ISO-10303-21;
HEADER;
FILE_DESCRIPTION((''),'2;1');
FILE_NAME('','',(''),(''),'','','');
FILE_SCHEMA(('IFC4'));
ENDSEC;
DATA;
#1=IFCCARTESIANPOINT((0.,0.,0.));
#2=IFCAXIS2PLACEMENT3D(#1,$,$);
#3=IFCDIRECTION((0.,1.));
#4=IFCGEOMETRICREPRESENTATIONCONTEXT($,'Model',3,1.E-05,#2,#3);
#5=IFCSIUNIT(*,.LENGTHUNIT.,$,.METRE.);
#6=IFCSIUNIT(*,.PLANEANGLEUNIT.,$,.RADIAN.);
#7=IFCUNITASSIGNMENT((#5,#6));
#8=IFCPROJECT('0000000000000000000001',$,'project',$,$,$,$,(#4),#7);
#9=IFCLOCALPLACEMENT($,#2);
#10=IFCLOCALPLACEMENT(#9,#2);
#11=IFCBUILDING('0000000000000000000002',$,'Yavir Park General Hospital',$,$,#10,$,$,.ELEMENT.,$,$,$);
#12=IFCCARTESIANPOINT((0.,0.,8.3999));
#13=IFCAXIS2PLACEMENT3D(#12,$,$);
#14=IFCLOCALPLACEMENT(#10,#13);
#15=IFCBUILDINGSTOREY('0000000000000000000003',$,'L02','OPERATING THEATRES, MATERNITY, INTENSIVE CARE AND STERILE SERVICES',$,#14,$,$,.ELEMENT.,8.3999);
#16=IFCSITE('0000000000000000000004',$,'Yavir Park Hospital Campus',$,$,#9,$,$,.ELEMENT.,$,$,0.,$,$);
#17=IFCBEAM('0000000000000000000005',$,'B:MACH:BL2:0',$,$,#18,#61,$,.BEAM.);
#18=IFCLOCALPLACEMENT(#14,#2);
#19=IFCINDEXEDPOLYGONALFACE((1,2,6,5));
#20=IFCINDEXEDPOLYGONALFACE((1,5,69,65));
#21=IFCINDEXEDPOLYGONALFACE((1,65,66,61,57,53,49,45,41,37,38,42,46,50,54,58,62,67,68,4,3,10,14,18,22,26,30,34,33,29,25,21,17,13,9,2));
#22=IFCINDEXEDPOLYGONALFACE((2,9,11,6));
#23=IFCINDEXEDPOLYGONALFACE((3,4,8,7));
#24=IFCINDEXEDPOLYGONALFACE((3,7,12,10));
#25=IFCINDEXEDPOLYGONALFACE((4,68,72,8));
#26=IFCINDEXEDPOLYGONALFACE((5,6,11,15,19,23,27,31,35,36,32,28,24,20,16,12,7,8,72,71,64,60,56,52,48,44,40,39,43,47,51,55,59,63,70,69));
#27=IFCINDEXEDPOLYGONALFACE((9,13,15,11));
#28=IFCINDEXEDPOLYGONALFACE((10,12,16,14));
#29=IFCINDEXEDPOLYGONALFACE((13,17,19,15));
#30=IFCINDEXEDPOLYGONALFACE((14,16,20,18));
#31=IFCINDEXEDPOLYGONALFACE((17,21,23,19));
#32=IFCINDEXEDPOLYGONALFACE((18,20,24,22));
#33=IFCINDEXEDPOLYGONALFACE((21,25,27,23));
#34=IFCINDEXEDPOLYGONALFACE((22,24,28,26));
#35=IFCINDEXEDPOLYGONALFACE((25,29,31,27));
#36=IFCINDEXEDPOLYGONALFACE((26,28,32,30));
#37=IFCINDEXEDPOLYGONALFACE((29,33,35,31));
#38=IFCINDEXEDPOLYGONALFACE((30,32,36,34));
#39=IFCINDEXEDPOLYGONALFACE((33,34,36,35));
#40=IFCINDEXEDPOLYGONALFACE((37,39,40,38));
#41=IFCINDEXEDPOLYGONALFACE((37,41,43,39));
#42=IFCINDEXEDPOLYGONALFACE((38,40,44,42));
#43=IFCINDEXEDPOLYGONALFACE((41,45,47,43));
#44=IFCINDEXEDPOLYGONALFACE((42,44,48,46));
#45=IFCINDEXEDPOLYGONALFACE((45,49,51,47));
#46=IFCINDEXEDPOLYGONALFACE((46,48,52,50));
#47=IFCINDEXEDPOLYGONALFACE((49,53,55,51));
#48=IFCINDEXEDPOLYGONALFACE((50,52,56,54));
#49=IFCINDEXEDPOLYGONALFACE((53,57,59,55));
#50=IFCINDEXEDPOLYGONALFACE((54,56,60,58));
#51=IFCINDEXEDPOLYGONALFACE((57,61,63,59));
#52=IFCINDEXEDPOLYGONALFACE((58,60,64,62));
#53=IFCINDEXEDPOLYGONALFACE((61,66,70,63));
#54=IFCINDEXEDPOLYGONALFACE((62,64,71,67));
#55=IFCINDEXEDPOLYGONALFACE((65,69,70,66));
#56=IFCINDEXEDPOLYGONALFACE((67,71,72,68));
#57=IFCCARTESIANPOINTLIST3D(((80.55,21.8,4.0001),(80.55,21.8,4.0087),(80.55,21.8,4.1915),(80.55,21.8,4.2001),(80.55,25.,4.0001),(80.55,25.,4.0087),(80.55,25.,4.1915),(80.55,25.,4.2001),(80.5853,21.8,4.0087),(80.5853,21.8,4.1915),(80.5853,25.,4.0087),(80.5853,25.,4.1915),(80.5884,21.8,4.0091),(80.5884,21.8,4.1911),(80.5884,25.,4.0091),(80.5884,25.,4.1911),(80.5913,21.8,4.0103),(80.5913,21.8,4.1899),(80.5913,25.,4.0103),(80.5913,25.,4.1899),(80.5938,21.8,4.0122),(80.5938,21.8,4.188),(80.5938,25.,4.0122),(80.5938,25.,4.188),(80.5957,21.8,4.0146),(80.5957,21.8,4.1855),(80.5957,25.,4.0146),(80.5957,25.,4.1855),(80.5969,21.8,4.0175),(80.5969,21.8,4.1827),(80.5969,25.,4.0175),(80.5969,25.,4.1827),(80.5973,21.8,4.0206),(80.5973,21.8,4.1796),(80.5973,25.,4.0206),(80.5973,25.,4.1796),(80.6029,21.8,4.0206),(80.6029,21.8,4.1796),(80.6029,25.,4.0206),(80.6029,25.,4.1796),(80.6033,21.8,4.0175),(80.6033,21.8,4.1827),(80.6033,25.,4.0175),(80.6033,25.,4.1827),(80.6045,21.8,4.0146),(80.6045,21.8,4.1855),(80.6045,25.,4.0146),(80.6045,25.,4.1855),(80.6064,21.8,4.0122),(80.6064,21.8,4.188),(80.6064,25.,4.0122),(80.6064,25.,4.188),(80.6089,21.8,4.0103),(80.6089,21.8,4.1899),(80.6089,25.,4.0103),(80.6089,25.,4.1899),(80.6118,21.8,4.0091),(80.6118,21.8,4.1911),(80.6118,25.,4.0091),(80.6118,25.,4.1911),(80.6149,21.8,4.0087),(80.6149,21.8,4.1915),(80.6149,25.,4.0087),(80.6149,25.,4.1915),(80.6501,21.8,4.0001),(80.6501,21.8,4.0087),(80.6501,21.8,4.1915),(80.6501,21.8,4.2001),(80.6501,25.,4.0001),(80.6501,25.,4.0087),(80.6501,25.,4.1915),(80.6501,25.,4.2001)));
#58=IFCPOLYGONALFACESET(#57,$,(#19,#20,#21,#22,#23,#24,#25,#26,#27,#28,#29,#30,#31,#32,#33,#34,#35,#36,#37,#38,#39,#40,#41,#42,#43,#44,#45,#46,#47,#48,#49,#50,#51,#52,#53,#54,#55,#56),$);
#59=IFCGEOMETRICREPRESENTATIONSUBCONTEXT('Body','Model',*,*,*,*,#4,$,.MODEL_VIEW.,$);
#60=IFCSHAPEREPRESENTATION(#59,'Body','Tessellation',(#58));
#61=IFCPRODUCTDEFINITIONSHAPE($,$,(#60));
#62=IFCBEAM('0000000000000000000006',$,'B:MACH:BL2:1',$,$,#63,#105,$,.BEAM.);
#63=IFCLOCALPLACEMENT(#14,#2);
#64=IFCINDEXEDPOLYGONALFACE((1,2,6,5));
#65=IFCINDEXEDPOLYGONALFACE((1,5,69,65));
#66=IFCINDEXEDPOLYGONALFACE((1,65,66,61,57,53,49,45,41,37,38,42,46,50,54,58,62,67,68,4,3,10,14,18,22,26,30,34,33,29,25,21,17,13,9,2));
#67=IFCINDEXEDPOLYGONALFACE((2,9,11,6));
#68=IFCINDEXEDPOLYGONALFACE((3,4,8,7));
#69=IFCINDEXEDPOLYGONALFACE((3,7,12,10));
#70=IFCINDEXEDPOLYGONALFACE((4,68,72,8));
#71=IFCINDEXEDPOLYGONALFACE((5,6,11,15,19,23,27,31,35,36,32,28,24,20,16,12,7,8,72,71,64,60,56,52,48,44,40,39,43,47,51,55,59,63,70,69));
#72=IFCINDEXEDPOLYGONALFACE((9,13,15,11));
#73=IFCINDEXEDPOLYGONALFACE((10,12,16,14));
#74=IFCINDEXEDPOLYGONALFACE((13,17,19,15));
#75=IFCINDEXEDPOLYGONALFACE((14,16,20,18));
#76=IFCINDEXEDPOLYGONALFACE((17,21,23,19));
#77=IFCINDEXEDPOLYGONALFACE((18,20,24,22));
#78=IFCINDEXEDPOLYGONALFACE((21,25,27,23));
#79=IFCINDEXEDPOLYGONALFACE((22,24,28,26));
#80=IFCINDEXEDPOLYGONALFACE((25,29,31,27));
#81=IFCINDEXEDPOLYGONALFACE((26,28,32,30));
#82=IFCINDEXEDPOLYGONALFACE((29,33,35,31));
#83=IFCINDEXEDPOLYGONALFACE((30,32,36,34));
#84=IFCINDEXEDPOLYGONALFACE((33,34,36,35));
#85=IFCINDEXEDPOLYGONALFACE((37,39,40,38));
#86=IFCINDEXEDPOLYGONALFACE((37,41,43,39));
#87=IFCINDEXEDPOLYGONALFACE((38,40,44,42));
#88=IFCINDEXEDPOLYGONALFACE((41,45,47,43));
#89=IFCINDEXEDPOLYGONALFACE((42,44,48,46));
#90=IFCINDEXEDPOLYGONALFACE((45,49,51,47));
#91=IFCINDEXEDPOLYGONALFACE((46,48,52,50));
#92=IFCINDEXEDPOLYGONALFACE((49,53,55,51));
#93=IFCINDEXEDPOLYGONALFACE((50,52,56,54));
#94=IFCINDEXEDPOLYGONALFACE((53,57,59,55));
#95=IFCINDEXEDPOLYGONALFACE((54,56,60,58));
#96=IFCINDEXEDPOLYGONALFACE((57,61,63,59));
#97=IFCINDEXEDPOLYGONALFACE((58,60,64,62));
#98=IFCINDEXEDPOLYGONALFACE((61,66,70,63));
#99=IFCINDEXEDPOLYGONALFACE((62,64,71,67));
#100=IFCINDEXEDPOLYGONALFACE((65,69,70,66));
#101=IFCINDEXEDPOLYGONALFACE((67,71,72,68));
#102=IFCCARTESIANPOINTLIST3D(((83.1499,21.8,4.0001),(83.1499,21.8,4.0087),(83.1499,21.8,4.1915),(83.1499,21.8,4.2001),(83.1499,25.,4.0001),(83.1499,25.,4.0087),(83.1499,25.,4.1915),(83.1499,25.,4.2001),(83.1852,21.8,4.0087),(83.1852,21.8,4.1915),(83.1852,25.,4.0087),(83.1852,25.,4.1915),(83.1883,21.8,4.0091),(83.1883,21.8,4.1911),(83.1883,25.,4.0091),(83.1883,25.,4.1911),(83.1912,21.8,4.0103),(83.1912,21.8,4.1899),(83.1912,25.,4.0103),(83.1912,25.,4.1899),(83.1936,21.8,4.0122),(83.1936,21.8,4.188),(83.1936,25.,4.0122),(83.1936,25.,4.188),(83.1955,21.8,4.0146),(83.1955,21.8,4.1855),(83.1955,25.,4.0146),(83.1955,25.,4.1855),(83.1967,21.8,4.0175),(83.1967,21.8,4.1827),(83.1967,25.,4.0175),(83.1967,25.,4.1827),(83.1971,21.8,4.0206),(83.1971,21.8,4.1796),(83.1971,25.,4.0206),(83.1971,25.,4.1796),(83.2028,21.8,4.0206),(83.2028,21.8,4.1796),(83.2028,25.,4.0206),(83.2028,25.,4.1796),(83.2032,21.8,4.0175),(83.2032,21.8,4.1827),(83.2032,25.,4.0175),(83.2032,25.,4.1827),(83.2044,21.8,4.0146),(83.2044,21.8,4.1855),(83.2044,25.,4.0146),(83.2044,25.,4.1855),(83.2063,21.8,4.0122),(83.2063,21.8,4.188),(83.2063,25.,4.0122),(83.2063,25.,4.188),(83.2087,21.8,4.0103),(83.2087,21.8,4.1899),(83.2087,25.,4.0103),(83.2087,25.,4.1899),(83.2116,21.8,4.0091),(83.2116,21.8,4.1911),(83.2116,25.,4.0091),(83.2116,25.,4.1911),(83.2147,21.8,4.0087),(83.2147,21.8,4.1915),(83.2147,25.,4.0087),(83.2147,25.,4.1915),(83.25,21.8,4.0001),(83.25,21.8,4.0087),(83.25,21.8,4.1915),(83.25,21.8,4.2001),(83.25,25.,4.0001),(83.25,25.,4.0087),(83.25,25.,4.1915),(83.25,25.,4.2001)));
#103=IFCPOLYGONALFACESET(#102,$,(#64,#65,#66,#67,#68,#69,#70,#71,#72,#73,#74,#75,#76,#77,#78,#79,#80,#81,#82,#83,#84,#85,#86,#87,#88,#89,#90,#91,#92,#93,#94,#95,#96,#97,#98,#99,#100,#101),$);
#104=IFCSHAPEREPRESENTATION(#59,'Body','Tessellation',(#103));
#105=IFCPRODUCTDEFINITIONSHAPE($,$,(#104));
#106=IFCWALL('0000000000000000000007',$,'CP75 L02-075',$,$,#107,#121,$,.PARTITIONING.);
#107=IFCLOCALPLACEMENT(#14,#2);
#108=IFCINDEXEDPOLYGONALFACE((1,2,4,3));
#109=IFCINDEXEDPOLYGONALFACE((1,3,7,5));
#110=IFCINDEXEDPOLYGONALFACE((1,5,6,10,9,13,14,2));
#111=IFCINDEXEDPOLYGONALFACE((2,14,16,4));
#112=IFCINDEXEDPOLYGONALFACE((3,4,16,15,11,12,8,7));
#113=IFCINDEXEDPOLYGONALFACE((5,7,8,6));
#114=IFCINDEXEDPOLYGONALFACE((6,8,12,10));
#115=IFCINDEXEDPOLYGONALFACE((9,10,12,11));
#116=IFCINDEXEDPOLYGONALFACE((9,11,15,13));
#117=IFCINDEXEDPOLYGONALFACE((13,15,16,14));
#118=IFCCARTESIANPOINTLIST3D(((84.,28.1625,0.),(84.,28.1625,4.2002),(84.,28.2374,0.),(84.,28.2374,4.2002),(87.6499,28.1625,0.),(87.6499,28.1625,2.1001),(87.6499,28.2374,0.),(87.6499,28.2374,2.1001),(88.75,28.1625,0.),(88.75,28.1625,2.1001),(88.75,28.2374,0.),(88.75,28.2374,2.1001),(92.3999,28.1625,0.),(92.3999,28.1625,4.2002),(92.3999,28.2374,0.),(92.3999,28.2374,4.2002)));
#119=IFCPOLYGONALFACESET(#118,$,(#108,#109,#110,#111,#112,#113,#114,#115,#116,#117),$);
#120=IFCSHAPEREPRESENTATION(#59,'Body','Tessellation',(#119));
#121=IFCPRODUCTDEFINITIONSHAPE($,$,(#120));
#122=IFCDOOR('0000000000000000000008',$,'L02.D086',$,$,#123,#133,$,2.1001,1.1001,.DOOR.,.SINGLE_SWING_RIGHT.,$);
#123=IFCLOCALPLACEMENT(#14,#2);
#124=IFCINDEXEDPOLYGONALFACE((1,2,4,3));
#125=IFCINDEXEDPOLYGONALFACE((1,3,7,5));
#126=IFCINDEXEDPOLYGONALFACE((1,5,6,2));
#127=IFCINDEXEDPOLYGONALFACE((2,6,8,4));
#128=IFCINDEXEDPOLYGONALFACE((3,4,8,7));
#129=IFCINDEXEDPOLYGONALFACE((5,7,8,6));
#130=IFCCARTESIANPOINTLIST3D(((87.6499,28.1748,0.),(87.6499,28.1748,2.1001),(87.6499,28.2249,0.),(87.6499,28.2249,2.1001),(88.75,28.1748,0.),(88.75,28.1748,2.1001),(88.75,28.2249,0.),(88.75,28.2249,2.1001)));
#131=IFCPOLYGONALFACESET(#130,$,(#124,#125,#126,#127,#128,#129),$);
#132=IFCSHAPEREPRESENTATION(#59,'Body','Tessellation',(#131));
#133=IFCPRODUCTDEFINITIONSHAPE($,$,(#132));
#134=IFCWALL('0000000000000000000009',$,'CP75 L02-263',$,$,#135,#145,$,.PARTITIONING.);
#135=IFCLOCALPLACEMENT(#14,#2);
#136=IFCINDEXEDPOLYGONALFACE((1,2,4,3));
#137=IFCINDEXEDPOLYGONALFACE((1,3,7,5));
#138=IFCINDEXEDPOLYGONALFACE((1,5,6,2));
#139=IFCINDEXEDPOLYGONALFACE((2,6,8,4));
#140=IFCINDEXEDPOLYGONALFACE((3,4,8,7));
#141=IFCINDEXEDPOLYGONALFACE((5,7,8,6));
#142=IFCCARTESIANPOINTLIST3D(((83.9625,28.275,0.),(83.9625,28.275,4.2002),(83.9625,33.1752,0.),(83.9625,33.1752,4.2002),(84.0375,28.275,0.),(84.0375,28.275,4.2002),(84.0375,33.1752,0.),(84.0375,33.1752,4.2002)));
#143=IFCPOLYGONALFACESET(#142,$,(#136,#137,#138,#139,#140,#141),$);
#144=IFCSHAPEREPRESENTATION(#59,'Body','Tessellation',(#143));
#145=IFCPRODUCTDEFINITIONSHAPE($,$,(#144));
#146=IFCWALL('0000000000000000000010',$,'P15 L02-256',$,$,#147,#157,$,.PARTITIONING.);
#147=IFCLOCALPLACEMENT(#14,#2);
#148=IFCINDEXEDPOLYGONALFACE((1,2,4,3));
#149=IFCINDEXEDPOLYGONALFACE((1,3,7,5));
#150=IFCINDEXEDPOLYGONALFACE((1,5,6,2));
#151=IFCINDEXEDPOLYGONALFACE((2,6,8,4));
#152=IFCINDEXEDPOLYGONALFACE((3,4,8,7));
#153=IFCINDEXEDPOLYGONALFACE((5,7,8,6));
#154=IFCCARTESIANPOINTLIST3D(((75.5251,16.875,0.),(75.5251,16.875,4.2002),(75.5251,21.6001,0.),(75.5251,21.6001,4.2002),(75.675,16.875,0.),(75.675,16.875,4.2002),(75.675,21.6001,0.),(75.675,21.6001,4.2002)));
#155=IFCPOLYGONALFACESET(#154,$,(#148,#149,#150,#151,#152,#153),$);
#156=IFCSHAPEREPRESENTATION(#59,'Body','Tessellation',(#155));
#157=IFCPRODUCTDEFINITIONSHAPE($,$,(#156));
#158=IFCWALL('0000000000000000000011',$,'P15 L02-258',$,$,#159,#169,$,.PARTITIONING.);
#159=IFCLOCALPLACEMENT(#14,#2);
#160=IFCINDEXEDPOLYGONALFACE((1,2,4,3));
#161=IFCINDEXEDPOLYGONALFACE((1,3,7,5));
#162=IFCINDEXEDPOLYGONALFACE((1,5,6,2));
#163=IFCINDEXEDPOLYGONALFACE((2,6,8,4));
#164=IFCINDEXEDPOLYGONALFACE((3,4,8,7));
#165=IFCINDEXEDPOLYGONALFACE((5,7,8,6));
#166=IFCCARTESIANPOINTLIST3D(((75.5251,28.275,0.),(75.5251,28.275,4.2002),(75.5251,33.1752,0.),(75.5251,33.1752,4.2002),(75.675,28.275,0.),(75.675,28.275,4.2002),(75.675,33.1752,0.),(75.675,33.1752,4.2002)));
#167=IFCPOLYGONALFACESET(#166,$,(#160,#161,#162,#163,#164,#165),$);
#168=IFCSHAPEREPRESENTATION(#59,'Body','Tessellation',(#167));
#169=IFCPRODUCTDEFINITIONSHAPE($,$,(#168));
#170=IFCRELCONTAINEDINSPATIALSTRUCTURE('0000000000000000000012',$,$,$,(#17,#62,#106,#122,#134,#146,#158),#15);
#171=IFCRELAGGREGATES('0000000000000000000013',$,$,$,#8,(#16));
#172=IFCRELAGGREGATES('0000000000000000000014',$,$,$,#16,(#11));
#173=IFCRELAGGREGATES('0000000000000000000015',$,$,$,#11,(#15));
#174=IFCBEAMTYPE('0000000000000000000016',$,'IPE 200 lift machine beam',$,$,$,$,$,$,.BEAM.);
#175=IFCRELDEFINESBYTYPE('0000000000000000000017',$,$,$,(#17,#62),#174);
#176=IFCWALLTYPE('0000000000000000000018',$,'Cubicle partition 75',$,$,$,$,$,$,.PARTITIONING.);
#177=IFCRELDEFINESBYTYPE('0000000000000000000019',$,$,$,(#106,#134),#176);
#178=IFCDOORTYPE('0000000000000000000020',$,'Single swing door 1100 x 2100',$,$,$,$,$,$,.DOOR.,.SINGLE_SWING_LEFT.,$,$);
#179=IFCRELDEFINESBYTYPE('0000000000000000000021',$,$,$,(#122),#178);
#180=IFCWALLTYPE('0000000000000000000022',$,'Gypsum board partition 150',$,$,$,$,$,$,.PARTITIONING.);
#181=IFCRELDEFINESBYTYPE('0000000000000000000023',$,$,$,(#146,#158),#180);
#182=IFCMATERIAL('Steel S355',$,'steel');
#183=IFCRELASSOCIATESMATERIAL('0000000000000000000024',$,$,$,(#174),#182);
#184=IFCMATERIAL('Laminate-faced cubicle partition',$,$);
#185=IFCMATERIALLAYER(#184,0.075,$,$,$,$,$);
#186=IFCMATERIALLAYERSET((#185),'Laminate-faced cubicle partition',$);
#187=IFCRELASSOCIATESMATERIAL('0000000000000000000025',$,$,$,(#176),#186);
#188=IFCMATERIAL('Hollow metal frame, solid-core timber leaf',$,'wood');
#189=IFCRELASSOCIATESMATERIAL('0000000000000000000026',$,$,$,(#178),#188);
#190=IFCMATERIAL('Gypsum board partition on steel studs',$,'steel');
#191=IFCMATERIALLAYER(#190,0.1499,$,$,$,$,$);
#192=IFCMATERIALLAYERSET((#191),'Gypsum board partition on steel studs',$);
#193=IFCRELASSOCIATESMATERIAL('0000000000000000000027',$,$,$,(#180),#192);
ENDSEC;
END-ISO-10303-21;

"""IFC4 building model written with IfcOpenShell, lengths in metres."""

from ifc_helpers import new_model, si_unit, direction, frame, frame_2d, origin, origin_2d, place, context, subcontext, project, spatial, rectangle, i_section, extrude, material, layer, layer_set, material_profile, profile_set, type_object, element, fill, save


model = new_model("IFC4")

# Units and contexts
model_context = context("Model", 3, precision=1e-05, world=origin(), true_north=direction((0.0, 1.0)))
body_context = subcontext(model_context, "Body", "Model", "MODEL_VIEW")
ifc_project = project(units=[si_unit("LENGTHUNIT", "METRE"), si_unit("PLANEANGLEUNIT", "RADIAN")], contexts=[model_context])

# Site, building, storey
site_placement = place(None, origin())
site = spatial("IfcSite", under=ifc_project, at=site_placement, Name="Yavir Park Hospital Campus", CompositionType="ELEMENT", RefElevation=0.0)
building_placement = place(site_placement, origin())
building = spatial("IfcBuilding", under=site, at=building_placement, Name="Yavir Park General Hospital", CompositionType="ELEMENT")
storey_placement = place(building_placement, frame((0.0, 0.0, 8.3999)))
storey = spatial("IfcBuildingStorey", under=building, at=storey_placement, Name="L02", Description="OPERATING THEATRES, MATERNITY, INTENSIVE CARE AND STERILE SERVICES", CompositionType="ELEMENT", Elevation=8.3999)

# Beams
ifc_material_1 = material(Name="Steel S355", Category="steel")
ifc_material_profile_1 = material_profile(ifc_material_1, i_section(OverallWidth=0.1001, OverallDepth=0.2, WebThickness=0.0056, FlangeThickness=0.0085, FilletRadius=0.012, at=origin_2d()), Name="IPE200")
ifc_profile_set_1 = profile_set([ifc_material_profile_1], Name="Steel S355")
beam_type_1 = type_object("IfcBeamType", Name="IPE 200 lift machine beam", PredefinedType="BEAM", material=ifc_profile_set_1)
for number, where, z_axis, x_axis, name in (
    (1, (80.6001, 21.8, 4.1001), (0.0, 1.0, 0.0), (-1.0, 0.0, 0.0), "B:MACH:BL2:0"),
    (2, (83.2, 21.8, 4.1001), (0.0, 1.0, 0.0), (-1.0, 0.0, 0.0), "B:MACH:BL2:1"),
):
    element("IfcBeam", number, at=place(storey_placement, frame(where, z_axis=z_axis, x_axis=x_axis)), inside=storey, type_object=beam_type_1, Name=name, PredefinedType="BEAM", context=body_context, shape_type="SweptSolid", body=[
        extrude(i_section(OverallWidth=0.1001, OverallDepth=0.2, WebThickness=0.0056, FlangeThickness=0.0085, FilletRadius=0.012, at=origin_2d()), origin(), (0.0, 0.0, 1.0), 3.2),
    ])

# Wall, opening, door
ifc_material_2 = material(Name="Laminate-faced cubicle partition")
ifc_layer_1 = layer(ifc_material_2, 0.075)
ifc_layer_set_1 = layer_set([ifc_layer_1], Name="Laminate-faced cubicle partition")
wall_type_1 = type_object("IfcWallType", Name="Cubicle partition 75", PredefinedType="PARTITIONING", material=ifc_layer_set_1)
wall_1_placement = place(storey_placement, frame((84.0, 28.2, 0.0), z_axis=(0.0, 0.0, 1.0), x_axis=(1.0, 0.0, 0.0)))
wall_1 = element("IfcWall", 3, at=wall_1_placement, inside=storey, type_object=wall_type_1, Name="CP75 L02-075", PredefinedType="PARTITIONING", context=body_context, shape_type="SweptSolid", body=[
    extrude(rectangle(XDim=8.3999, YDim=0.075, at=frame_2d((4.2, 0.0))), origin(), (0.0, 0.0, 1.0), 4.2002),
])
opening_1_placement = place(wall_1_placement, frame((3.6499, 0.0, 0.0)))
opening_1 = element("IfcOpeningElement", 4, at=opening_1_placement, cuts=wall_1, PredefinedType="OPENING", context=body_context, shape_type="SweptSolid", body=[
    extrude(rectangle(XDim=1.1001, YDim=2.1001, at=frame_2d((0.55, 1.05))), frame((0.0, 0.0474, 0.0), z_axis=(0.0, -1.0, 0.0), x_axis=(1.0, 0.0, 0.0)), (0.0, 0.0, 1.0), 0.095),
])
ifc_material_3 = material(Name="Hollow metal frame, solid-core timber leaf", Category="wood")
door_type_1 = type_object("IfcDoorType", Name="Single swing door 1100 x 2100", OperationType="SINGLE_SWING_LEFT", PredefinedType="DOOR", material=ifc_material_3)
door_1_placement = place(opening_1_placement, origin())
door_1 = element("IfcDoor", 5, at=door_1_placement, inside=storey, type_object=door_type_1, Name="L02.D086", OperationType="SINGLE_SWING_RIGHT", OverallHeight=2.1001, OverallWidth=1.1001, PredefinedType="DOOR", context=body_context, shape_type="SweptSolid", body=[
    extrude(rectangle(XDim=1.1001, YDim=2.1001, at=frame_2d((0.55, 1.05))), frame((0.0, 0.0249, 0.0), z_axis=(0.0, -1.0, 0.0), x_axis=(1.0, 0.0, 0.0)), (0.0, 0.0, 1.0), 0.05),
])
fill(opening_1, door_1)

# Walls
wall_2_placement = place(storey_placement, frame((84.0, 28.2749, 0.0), z_axis=(0.0, 0.0, 1.0), x_axis=(0.0, 1.0, 0.0)))
element("IfcWall", 6, at=wall_2_placement, inside=storey, type_object=wall_type_1, Name="CP75 L02-263", PredefinedType="PARTITIONING", context=body_context, shape_type="SweptSolid", body=[
    extrude(rectangle(XDim=4.9001, YDim=0.075, at=frame_2d((2.4502, 0.0))), origin(), (0.0, 0.0, 1.0), 4.2002),
])
ifc_material_4 = material(Name="Gypsum board partition on steel studs", Category="steel")
ifc_layer_2 = layer(ifc_material_4, 0.1499)
ifc_layer_set_2 = layer_set([ifc_layer_2], Name="Gypsum board partition on steel studs")
wall_type_2 = type_object("IfcWallType", Name="Gypsum board partition 150", PredefinedType="PARTITIONING", material=ifc_layer_set_2)
wall_3_placement = place(storey_placement, frame((75.6001, 16.875, 0.0), z_axis=(0.0, 0.0, 1.0), x_axis=(0.0, 1.0, 0.0)))
element("IfcWall", 7, at=wall_3_placement, inside=storey, type_object=wall_type_2, Name="P15 L02-256", PredefinedType="PARTITIONING", context=body_context, shape_type="SweptSolid", body=[
    extrude(rectangle(XDim=4.7251, YDim=0.1499, at=frame_2d((2.3625, 0.0))), origin(), (0.0, 0.0, 1.0), 4.2002),
])
wall_4_placement = place(storey_placement, frame((75.6001, 28.2749, 0.0), z_axis=(0.0, 0.0, 1.0), x_axis=(0.0, 1.0, 0.0)))
element("IfcWall", 8, at=wall_4_placement, inside=storey, type_object=wall_type_2, Name="P15 L02-258", PredefinedType="PARTITIONING", context=body_context, shape_type="SweptSolid", body=[
    extrude(rectangle(XDim=4.9001, YDim=0.1499, at=frame_2d((2.4502, 0.0))), origin(), (0.0, 0.0, 1.0), 4.2002),
])

save(model, "model.ifc")
